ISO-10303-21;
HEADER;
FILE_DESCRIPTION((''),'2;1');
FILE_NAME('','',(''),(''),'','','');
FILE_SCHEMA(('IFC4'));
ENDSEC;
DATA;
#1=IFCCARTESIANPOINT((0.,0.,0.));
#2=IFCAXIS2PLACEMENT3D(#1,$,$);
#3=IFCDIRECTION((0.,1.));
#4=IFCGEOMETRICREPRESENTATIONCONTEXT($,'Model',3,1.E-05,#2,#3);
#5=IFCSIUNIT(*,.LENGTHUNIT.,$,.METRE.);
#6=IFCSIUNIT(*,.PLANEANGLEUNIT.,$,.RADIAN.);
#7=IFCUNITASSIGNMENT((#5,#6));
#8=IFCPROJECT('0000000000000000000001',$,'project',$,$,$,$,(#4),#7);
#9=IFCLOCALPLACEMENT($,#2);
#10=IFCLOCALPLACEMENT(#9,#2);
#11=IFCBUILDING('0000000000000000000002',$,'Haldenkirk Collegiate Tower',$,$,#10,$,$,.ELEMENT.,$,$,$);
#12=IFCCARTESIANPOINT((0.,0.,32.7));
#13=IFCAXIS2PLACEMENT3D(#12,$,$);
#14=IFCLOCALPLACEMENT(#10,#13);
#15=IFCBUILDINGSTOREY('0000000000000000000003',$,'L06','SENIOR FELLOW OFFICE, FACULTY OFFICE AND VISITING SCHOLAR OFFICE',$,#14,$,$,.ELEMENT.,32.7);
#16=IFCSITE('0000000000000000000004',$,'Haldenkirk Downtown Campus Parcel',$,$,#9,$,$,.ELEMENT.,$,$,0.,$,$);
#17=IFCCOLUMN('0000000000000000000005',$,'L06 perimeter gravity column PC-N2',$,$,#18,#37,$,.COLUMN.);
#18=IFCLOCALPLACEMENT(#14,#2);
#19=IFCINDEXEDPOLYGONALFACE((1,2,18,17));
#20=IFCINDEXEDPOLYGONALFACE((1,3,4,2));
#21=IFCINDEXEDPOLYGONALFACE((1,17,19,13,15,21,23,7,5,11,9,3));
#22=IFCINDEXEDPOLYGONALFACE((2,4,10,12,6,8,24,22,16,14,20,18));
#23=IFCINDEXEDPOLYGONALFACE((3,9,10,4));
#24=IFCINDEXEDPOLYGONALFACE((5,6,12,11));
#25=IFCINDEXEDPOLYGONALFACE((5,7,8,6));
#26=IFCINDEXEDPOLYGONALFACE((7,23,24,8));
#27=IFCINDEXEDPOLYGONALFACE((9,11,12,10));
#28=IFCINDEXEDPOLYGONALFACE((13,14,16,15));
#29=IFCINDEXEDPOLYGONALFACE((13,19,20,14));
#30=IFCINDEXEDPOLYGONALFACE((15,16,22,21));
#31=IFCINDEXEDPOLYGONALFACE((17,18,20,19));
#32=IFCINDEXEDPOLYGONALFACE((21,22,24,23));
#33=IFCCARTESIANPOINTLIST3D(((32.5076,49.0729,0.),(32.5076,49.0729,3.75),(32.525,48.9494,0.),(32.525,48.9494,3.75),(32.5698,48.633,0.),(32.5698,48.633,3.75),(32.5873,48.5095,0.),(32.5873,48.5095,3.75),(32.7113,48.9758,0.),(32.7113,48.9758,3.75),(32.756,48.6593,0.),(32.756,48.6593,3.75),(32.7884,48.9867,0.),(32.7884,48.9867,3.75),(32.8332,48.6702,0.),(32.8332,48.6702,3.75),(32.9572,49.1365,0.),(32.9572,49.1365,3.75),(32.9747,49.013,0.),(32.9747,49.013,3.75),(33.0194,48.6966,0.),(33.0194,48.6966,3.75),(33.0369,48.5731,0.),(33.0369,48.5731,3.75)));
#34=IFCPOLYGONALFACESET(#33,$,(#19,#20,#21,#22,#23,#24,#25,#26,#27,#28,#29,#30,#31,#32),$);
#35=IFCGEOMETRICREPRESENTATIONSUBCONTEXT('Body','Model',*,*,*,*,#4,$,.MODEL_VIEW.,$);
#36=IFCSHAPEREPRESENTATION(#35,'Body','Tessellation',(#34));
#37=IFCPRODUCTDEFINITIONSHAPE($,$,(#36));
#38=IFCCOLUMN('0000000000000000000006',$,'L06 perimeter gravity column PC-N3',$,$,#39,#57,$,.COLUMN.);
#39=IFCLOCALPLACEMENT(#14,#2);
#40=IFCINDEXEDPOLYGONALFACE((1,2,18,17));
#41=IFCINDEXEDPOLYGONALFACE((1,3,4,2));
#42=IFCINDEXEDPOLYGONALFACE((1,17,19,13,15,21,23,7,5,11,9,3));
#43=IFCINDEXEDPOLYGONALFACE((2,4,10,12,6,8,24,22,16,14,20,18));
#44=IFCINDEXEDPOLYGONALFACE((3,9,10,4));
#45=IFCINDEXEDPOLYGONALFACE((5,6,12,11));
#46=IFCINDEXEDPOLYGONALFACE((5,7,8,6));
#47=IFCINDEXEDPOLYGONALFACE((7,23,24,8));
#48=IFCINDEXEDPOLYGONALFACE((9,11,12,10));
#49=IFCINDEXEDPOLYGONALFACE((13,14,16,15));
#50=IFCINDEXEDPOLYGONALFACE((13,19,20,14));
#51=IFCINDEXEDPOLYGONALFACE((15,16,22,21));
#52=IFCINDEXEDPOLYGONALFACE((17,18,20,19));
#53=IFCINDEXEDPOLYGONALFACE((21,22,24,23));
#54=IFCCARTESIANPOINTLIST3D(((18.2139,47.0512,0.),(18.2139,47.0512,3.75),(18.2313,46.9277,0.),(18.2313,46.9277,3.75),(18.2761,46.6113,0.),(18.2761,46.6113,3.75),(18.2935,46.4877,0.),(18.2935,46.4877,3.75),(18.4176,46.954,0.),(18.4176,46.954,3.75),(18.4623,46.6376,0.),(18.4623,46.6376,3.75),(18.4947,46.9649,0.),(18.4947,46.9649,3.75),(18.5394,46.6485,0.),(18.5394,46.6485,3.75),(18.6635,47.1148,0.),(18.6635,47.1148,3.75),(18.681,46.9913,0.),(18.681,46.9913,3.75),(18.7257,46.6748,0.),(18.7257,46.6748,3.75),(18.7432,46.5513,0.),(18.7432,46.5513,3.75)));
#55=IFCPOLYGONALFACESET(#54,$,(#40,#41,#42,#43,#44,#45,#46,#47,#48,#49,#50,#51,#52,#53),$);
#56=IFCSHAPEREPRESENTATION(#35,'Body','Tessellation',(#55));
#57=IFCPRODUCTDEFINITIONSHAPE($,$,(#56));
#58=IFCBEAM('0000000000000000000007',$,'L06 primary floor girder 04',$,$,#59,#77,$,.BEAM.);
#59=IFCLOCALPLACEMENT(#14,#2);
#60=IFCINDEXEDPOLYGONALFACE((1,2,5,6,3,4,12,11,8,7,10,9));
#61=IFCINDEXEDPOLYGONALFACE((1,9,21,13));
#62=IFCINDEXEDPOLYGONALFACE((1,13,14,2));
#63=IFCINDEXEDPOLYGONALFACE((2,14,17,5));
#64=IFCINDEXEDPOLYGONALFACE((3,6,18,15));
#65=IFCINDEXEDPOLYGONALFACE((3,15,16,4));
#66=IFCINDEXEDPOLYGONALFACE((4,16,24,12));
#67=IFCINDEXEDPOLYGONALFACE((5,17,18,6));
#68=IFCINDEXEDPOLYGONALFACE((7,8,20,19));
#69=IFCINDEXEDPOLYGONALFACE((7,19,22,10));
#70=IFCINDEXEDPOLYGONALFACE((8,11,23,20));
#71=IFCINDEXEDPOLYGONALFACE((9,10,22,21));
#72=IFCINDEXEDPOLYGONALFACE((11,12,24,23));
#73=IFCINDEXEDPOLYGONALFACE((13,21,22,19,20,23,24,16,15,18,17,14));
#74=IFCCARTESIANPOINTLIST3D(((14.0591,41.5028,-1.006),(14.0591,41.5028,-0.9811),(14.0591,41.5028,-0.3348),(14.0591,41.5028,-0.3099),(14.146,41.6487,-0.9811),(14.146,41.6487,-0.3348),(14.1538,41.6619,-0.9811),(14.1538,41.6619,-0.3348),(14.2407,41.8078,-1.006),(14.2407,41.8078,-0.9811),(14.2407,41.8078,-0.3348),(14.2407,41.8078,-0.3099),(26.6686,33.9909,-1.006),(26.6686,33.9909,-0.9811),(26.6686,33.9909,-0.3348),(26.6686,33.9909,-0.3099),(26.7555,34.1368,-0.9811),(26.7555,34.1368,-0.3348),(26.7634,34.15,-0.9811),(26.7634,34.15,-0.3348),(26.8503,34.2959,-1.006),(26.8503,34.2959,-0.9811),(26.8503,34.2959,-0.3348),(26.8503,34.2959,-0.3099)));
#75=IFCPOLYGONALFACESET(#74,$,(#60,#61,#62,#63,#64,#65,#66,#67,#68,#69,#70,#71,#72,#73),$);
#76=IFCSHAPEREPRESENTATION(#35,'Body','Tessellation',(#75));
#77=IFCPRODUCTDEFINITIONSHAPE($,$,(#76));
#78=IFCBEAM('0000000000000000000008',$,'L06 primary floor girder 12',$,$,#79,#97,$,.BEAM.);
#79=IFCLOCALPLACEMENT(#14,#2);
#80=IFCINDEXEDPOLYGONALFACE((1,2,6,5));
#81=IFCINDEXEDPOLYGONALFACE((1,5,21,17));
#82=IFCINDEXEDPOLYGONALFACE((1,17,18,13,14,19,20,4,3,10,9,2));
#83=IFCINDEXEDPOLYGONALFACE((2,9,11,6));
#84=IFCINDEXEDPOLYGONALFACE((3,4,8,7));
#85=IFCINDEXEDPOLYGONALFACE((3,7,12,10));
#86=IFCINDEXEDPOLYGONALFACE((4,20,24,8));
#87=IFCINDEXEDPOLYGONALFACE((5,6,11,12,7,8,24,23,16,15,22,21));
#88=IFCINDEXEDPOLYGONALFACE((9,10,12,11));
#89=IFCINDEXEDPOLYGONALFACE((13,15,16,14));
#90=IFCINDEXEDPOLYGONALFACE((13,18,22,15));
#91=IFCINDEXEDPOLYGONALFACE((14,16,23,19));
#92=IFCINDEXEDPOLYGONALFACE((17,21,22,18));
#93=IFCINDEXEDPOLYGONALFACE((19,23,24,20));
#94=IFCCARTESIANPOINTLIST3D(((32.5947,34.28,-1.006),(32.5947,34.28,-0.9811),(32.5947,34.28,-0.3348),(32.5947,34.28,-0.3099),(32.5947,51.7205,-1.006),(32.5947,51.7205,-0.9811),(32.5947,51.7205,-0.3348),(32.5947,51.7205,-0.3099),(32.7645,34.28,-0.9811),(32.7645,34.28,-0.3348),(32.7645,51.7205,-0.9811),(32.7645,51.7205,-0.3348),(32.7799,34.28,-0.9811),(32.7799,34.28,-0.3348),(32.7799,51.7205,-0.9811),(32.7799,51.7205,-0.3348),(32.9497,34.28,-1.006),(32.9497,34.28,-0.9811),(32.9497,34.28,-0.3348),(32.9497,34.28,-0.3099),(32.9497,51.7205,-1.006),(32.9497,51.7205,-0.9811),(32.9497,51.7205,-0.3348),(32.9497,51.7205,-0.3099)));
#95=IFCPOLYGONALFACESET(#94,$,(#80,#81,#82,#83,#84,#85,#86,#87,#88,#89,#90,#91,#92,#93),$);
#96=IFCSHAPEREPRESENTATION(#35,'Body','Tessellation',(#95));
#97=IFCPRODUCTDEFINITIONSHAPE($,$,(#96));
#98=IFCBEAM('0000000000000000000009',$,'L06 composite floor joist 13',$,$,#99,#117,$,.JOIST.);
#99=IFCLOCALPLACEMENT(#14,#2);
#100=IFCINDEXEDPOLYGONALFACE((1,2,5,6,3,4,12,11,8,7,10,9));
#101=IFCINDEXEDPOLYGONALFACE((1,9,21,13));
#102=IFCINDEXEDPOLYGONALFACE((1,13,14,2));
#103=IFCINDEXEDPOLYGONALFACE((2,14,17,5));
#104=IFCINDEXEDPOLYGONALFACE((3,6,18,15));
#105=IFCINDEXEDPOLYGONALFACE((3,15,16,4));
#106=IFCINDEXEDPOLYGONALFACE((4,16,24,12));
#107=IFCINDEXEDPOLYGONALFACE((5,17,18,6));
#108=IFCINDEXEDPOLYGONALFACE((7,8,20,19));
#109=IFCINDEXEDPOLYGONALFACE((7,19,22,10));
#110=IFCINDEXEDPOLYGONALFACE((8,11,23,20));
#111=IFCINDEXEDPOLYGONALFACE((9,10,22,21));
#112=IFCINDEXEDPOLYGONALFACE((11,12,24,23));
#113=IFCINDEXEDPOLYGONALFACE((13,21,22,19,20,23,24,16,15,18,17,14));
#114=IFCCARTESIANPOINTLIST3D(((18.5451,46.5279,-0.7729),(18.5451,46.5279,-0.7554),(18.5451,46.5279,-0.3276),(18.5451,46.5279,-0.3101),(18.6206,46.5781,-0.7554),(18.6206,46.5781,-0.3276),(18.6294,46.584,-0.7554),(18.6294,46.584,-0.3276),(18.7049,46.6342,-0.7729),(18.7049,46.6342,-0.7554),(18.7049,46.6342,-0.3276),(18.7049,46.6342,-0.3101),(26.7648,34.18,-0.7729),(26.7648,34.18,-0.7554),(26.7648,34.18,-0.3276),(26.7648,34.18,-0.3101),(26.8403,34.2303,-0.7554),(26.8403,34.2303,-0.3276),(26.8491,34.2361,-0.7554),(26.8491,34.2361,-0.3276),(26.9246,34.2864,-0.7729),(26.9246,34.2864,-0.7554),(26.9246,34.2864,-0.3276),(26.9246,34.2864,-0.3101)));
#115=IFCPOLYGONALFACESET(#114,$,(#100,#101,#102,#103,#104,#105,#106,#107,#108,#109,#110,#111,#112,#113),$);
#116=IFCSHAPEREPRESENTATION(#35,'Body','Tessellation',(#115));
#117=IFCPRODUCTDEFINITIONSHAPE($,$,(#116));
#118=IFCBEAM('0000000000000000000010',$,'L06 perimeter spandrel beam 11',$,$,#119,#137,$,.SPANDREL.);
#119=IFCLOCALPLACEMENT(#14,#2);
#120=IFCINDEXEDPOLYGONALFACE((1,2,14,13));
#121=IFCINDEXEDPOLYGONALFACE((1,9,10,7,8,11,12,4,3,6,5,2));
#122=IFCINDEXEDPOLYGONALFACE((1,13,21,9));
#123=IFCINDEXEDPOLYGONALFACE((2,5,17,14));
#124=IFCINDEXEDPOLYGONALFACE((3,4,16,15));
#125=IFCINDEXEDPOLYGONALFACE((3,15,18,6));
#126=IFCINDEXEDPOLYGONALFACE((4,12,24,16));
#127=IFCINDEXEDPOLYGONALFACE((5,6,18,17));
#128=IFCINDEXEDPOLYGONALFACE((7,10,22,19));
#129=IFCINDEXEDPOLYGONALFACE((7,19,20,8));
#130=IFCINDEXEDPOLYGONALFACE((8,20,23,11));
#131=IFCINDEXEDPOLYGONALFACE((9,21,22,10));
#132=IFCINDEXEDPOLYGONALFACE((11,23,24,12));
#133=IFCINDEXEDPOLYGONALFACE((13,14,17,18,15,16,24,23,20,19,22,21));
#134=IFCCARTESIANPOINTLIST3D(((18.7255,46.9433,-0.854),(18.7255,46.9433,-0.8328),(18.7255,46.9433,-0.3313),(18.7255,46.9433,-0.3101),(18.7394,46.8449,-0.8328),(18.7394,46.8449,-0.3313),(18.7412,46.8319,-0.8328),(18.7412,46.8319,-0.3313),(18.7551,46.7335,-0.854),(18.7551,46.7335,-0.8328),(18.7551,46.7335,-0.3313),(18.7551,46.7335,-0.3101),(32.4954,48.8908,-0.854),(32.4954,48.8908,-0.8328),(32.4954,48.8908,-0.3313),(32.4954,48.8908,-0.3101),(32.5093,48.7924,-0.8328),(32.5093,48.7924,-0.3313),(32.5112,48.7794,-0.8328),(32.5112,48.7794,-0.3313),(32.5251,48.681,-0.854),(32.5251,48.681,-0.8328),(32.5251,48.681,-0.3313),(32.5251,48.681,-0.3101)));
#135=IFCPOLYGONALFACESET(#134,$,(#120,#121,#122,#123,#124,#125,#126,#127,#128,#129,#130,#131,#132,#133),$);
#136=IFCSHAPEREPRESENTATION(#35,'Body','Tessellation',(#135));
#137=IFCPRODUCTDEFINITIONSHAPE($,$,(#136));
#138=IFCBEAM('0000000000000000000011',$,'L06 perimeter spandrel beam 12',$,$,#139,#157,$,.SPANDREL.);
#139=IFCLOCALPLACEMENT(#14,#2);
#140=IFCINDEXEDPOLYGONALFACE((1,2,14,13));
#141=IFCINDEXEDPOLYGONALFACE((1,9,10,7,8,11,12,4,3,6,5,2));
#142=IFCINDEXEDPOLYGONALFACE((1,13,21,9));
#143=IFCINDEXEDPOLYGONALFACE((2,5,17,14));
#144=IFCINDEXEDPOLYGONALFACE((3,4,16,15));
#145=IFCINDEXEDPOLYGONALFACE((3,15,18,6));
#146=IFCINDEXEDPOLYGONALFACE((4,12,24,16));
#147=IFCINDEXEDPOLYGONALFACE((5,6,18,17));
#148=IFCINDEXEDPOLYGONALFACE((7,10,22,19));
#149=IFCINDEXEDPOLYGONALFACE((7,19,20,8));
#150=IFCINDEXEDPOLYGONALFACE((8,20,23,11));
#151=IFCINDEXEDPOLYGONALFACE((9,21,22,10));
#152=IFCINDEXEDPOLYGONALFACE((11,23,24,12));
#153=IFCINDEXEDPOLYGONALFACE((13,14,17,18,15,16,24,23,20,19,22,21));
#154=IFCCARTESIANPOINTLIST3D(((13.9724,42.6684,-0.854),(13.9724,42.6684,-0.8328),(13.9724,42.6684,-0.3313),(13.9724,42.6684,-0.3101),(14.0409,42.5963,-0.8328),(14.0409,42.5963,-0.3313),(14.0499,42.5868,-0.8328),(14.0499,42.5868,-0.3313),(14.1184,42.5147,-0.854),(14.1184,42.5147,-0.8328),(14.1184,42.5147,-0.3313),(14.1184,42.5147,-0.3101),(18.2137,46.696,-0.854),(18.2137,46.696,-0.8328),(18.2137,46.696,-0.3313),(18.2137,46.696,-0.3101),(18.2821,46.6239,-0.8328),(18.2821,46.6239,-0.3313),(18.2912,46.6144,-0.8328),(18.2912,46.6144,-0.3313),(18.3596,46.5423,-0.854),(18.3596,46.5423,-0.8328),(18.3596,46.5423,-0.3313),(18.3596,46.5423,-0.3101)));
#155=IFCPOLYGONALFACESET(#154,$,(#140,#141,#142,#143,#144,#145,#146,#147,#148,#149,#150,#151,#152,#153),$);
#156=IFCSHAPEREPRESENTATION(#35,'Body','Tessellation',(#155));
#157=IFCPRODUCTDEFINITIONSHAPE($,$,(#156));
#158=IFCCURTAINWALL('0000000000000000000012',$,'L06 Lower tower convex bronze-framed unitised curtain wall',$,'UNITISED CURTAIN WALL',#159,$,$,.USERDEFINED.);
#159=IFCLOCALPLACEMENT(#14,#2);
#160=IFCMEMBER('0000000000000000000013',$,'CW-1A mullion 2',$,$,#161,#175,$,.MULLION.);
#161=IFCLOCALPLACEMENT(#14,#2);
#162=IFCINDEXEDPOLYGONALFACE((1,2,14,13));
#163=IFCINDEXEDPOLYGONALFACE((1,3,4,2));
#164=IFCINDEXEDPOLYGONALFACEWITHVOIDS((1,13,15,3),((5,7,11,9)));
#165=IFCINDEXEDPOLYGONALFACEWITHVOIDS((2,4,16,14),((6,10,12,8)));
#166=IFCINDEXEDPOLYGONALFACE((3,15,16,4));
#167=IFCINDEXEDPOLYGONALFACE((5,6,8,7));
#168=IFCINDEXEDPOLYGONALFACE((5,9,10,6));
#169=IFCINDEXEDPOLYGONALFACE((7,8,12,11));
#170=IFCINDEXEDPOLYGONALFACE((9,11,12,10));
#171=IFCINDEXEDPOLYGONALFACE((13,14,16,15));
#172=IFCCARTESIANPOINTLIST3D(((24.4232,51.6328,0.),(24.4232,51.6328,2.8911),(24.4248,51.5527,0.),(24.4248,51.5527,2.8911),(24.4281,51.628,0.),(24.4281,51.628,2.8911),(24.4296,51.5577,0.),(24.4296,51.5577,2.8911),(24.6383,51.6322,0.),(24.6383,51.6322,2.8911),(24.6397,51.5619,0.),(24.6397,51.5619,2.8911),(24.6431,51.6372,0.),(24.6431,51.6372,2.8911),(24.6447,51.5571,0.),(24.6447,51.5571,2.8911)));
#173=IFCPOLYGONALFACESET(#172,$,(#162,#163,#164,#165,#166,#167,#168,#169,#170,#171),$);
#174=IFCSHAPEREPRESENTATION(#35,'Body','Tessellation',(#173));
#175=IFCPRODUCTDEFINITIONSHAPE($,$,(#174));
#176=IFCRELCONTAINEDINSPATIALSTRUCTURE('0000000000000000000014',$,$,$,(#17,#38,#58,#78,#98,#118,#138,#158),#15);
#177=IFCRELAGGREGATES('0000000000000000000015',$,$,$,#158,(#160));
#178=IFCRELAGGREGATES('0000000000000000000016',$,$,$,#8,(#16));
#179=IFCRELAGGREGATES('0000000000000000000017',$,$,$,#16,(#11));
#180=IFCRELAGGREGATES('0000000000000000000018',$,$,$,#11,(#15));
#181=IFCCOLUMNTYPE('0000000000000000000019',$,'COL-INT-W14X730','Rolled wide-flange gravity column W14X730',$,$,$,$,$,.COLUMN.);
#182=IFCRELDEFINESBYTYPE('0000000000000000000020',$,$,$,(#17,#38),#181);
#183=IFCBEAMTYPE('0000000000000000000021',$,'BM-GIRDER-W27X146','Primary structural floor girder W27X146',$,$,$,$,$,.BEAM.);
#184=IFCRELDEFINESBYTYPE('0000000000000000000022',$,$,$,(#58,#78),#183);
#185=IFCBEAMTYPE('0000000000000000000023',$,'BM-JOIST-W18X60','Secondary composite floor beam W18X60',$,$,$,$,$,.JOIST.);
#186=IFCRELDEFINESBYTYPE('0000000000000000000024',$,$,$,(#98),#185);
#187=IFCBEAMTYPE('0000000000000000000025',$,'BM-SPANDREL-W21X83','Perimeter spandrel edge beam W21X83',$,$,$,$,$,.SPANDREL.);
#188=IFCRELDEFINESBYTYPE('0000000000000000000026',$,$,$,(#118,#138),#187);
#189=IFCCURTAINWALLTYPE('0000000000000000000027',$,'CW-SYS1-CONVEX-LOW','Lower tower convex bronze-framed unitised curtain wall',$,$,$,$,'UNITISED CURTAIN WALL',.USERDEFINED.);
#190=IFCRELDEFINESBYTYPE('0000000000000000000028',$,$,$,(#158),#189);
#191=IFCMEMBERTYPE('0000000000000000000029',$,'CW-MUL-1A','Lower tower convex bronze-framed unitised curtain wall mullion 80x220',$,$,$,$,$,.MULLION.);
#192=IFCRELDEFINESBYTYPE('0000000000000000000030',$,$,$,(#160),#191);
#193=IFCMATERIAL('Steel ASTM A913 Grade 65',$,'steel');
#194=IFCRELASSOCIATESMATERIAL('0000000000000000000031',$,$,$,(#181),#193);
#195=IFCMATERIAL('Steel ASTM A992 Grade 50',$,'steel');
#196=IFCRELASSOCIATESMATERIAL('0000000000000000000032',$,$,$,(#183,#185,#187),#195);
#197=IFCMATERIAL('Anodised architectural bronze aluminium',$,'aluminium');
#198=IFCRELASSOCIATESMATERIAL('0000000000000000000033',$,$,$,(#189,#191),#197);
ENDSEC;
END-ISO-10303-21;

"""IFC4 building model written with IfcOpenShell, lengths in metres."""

from ifc_helpers import new_model, si_unit, direction, frame, origin, origin_2d, place, context, subcontext, project, spatial, hollow_rectangle, i_section, extrude, material, material_profile, profile_set, type_object, element, aggregate, save


model = new_model("IFC4")

# Units and contexts
model_context = context("Model", 3, precision=1e-05, world=origin(), true_north=direction((0.0, 1.0)))
body_context = subcontext(model_context, "Body", "Model", "MODEL_VIEW")
ifc_project = project(units=[si_unit("LENGTHUNIT", "METRE"), si_unit("PLANEANGLEUNIT", "RADIAN")], contexts=[model_context])

# Site, building, storey
site_placement = place(None, origin())
site = spatial("IfcSite", under=ifc_project, at=site_placement, Name="Haldenkirk Downtown Campus Parcel", CompositionType="ELEMENT", RefElevation=0.0)
building_placement = place(site_placement, origin())
building = spatial("IfcBuilding", under=site, at=building_placement, Name="Haldenkirk Collegiate Tower", CompositionType="ELEMENT")
storey_placement = place(building_placement, frame((0.0, 0.0, 32.7)))
storey = spatial("IfcBuildingStorey", under=building, at=storey_placement, Name="L06", Description="SENIOR FELLOW OFFICE, FACULTY OFFICE AND VISITING SCHOLAR OFFICE", CompositionType="ELEMENT", Elevation=32.7)

# Columns
ifc_material_1 = material(Name="Steel ASTM A913 Grade 65", Category="steel")
ifc_material_profile_1 = material_profile(ifc_material_1, i_section(OverallWidth=0.4541, OverallDepth=0.5691, WebThickness=0.0779, FlangeThickness=0.1248, at=origin_2d()), Name="W14X730")
ifc_profile_set_1 = profile_set([ifc_material_profile_1], Name="Steel ASTM A913 Grade 65")
column_type = type_object("IfcColumnType", Name="COL-INT-W14X730", Description="Rolled wide-flange gravity column W14X730", PredefinedType="COLUMN", material=ifc_profile_set_1)
for number, where, z_axis, x_axis, name in (
    (1, (32.7722, 48.823, 0.0), (0.0, 0.0, 1.0), (0.990146, 0.140037, 0.0), "L06 perimeter gravity column PC-N2"),
    (2, (18.4785, 46.8013, 0.0), (0.0, 0.0, 1.0), (0.990146, 0.140037, 0.0), "L06 perimeter gravity column PC-N3"),
):
    element("IfcColumn", number, at=place(storey_placement, frame(where, z_axis=z_axis, x_axis=x_axis)), inside=storey, type_object=column_type, Name=name, PredefinedType="COLUMN", context=body_context, shape_type="SweptSolid", body=[
        extrude(i_section(OverallWidth=0.4541, OverallDepth=0.5691, WebThickness=0.0779, FlangeThickness=0.1248, at=origin_2d()), origin(), (0.0, 0.0, 1.0), 3.75),
    ])

# Beams
ifc_material_2 = material(Name="Steel ASTM A992 Grade 50", Category="steel")
ifc_material_profile_2 = material_profile(ifc_material_2, i_section(OverallWidth=0.355, OverallDepth=0.696, WebThickness=0.0154, FlangeThickness=0.0249, at=origin_2d()), Name="W27X146")
ifc_profile_set_2 = profile_set([ifc_material_profile_2], Name="Steel ASTM A992 Grade 50")
beam_type_1 = type_object("IfcBeamType", Name="BM-GIRDER-W27X146", Description="Primary structural floor girder W27X146", PredefinedType="BEAM", material=ifc_profile_set_2)
beam_1_placement = place(storey_placement, frame((14.1499, 41.6553, -0.658), z_axis=(0.859106, -0.511798, 0.0), x_axis=(0.511798, 0.859106, 0.0)))
element("IfcBeam", 3, at=beam_1_placement, inside=storey, type_object=beam_type_1, Name="L06 primary floor girder 04", PredefinedType="BEAM", context=body_context, shape_type="SweptSolid", body=[
    extrude(i_section(OverallWidth=0.355, OverallDepth=0.696, WebThickness=0.0154, FlangeThickness=0.0249, at=origin_2d()), origin(), (0.0, 0.0, 1.0), 14.6775),
])
beam_2_placement = place(storey_placement, frame((32.7722, 51.7205, -0.658), z_axis=(0.0, -1.0, 0.0), x_axis=(1.0, 0.0, 0.0)))
element("IfcBeam", 4, at=beam_2_placement, inside=storey, type_object=beam_type_1, Name="L06 primary floor girder 12", PredefinedType="BEAM", context=body_context, shape_type="SweptSolid", body=[
    extrude(i_section(OverallWidth=0.355, OverallDepth=0.696, WebThickness=0.0154, FlangeThickness=0.0249, at=origin_2d()), origin(), (0.0, 0.0, 1.0), 17.4404),
])
ifc_material_profile_3 = material_profile(ifc_material_2, i_section(OverallWidth=0.1919, OverallDepth=0.4629, WebThickness=0.0105, FlangeThickness=0.0176, at=origin_2d()), Name="W18X60")
ifc_profile_set_3 = profile_set([ifc_material_profile_3], Name="Steel ASTM A992 Grade 50")
beam_type_2 = type_object("IfcBeamType", Name="BM-JOIST-W18X60", Description="Secondary composite floor beam W18X60", PredefinedType="JOIST", material=ifc_profile_set_3)
beam_3_placement = place(storey_placement, frame((18.625, 46.5811, -0.5415), z_axis=(0.55413, -0.83243, 0.0), x_axis=(0.83243, 0.55413, 0.0)))
element("IfcBeam", 5, at=beam_3_placement, inside=storey, type_object=beam_type_2, Name="L06 composite floor joist 13", PredefinedType="JOIST", context=body_context, shape_type="SweptSolid", body=[
    extrude(i_section(OverallWidth=0.1919, OverallDepth=0.4629, WebThickness=0.0105, FlangeThickness=0.0176, at=origin_2d()), origin(), (0.0, 0.0, 1.0), 14.8335),
])
ifc_material_profile_4 = material_profile(ifc_material_2, i_section(OverallWidth=0.2119, OverallDepth=0.5439, WebThickness=0.0132, FlangeThickness=0.0212, at=origin_2d()), Name="W21X83")
ifc_profile_set_4 = profile_set([ifc_material_profile_4], Name="Steel ASTM A992 Grade 50")
beam_type_3 = type_object("IfcBeamType", Name="BM-SPANDREL-W21X83", Description="Perimeter spandrel edge beam W21X83", PredefinedType="SPANDREL", material=ifc_profile_set_4)
beam_4_placement = place(storey_placement, frame((32.5103, 48.7859, -0.582), z_axis=(-0.990146, -0.140038, 0.0), x_axis=(0.140038, -0.990146, 0.0)))
element("IfcBeam", 6, at=beam_4_placement, inside=storey, type_object=beam_type_3, Name="L06 perimeter spandrel beam 11", PredefinedType="SPANDREL", context=body_context, shape_type="SweptSolid", body=[
    extrude(i_section(OverallWidth=0.2119, OverallDepth=0.5439, WebThickness=0.0132, FlangeThickness=0.0212, at=origin_2d()), origin(), (0.0, 0.0, 1.0), 13.907),
])
beam_5_placement = place(storey_placement, frame((18.2866, 46.6191, -0.582), z_axis=(-0.725133, -0.688609, 0.0), x_axis=(0.688609, -0.725133, 0.0)))
element("IfcBeam", 7, at=beam_5_placement, inside=storey, type_object=beam_type_3, Name="L06 perimeter spandrel beam 12", PredefinedType="SPANDREL", context=body_context, shape_type="SweptSolid", body=[
    extrude(i_section(OverallWidth=0.2119, OverallDepth=0.5439, WebThickness=0.0132, FlangeThickness=0.0212, at=origin_2d()), origin(), (0.0, 0.0, 1.0), 5.8489),
])

# Curtain wall, member
ifc_material_3 = material(Name="Anodised architectural bronze aluminium", Category="aluminium")
curtain_wall_type = type_object("IfcCurtainWallType", Name="CW-SYS1-CONVEX-LOW", Description="Lower tower convex bronze-framed unitised curtain wall", ElementType="UNITISED CURTAIN WALL", PredefinedType="USERDEFINED", material=ifc_material_3)
curtain_wall_placement = place(storey_placement, origin())
curtain_wall = element("IfcCurtainWall", 8, at=curtain_wall_placement, inside=storey, type_object=curtain_wall_type, Name="L06 Lower tower convex bronze-framed unitised curtain wall", ObjectType="UNITISED CURTAIN WALL", PredefinedType="USERDEFINED")
ifc_material_profile_5 = material_profile(ifc_material_3, hollow_rectangle(XDim=0.0801, YDim=0.22, WallThickness=0.0049, at=origin_2d()), Name="CW-MUL-1A")
ifc_profile_set_5 = profile_set([ifc_material_profile_5], Name="Anodised architectural bronze aluminium")
member_type_1 = type_object("IfcMemberType", Name="CW-MUL-1A", Description="Lower tower convex bronze-framed unitised curtain wall mullion 80x220", PredefinedType="MULLION", material=ifc_profile_set_5)
member_1_placement = place(storey_placement, frame((24.5339, 51.595, 0.0), z_axis=(0.0, 0.0, 1.0), x_axis=(-0.020068, 0.999799, 0.0)))
member_1 = element("IfcMember", 9, at=member_1_placement, type_object=member_type_1, Name="CW-1A mullion 2", PredefinedType="MULLION", context=body_context, shape_type="SweptSolid", body=[
    extrude(hollow_rectangle(XDim=0.0801, YDim=0.22, WallThickness=0.0049, at=origin_2d()), origin(), (0.0, 0.0, 1.0), 2.8911),
])
aggregate(curtain_wall, [member_1])

save(model, "model.ifc")
